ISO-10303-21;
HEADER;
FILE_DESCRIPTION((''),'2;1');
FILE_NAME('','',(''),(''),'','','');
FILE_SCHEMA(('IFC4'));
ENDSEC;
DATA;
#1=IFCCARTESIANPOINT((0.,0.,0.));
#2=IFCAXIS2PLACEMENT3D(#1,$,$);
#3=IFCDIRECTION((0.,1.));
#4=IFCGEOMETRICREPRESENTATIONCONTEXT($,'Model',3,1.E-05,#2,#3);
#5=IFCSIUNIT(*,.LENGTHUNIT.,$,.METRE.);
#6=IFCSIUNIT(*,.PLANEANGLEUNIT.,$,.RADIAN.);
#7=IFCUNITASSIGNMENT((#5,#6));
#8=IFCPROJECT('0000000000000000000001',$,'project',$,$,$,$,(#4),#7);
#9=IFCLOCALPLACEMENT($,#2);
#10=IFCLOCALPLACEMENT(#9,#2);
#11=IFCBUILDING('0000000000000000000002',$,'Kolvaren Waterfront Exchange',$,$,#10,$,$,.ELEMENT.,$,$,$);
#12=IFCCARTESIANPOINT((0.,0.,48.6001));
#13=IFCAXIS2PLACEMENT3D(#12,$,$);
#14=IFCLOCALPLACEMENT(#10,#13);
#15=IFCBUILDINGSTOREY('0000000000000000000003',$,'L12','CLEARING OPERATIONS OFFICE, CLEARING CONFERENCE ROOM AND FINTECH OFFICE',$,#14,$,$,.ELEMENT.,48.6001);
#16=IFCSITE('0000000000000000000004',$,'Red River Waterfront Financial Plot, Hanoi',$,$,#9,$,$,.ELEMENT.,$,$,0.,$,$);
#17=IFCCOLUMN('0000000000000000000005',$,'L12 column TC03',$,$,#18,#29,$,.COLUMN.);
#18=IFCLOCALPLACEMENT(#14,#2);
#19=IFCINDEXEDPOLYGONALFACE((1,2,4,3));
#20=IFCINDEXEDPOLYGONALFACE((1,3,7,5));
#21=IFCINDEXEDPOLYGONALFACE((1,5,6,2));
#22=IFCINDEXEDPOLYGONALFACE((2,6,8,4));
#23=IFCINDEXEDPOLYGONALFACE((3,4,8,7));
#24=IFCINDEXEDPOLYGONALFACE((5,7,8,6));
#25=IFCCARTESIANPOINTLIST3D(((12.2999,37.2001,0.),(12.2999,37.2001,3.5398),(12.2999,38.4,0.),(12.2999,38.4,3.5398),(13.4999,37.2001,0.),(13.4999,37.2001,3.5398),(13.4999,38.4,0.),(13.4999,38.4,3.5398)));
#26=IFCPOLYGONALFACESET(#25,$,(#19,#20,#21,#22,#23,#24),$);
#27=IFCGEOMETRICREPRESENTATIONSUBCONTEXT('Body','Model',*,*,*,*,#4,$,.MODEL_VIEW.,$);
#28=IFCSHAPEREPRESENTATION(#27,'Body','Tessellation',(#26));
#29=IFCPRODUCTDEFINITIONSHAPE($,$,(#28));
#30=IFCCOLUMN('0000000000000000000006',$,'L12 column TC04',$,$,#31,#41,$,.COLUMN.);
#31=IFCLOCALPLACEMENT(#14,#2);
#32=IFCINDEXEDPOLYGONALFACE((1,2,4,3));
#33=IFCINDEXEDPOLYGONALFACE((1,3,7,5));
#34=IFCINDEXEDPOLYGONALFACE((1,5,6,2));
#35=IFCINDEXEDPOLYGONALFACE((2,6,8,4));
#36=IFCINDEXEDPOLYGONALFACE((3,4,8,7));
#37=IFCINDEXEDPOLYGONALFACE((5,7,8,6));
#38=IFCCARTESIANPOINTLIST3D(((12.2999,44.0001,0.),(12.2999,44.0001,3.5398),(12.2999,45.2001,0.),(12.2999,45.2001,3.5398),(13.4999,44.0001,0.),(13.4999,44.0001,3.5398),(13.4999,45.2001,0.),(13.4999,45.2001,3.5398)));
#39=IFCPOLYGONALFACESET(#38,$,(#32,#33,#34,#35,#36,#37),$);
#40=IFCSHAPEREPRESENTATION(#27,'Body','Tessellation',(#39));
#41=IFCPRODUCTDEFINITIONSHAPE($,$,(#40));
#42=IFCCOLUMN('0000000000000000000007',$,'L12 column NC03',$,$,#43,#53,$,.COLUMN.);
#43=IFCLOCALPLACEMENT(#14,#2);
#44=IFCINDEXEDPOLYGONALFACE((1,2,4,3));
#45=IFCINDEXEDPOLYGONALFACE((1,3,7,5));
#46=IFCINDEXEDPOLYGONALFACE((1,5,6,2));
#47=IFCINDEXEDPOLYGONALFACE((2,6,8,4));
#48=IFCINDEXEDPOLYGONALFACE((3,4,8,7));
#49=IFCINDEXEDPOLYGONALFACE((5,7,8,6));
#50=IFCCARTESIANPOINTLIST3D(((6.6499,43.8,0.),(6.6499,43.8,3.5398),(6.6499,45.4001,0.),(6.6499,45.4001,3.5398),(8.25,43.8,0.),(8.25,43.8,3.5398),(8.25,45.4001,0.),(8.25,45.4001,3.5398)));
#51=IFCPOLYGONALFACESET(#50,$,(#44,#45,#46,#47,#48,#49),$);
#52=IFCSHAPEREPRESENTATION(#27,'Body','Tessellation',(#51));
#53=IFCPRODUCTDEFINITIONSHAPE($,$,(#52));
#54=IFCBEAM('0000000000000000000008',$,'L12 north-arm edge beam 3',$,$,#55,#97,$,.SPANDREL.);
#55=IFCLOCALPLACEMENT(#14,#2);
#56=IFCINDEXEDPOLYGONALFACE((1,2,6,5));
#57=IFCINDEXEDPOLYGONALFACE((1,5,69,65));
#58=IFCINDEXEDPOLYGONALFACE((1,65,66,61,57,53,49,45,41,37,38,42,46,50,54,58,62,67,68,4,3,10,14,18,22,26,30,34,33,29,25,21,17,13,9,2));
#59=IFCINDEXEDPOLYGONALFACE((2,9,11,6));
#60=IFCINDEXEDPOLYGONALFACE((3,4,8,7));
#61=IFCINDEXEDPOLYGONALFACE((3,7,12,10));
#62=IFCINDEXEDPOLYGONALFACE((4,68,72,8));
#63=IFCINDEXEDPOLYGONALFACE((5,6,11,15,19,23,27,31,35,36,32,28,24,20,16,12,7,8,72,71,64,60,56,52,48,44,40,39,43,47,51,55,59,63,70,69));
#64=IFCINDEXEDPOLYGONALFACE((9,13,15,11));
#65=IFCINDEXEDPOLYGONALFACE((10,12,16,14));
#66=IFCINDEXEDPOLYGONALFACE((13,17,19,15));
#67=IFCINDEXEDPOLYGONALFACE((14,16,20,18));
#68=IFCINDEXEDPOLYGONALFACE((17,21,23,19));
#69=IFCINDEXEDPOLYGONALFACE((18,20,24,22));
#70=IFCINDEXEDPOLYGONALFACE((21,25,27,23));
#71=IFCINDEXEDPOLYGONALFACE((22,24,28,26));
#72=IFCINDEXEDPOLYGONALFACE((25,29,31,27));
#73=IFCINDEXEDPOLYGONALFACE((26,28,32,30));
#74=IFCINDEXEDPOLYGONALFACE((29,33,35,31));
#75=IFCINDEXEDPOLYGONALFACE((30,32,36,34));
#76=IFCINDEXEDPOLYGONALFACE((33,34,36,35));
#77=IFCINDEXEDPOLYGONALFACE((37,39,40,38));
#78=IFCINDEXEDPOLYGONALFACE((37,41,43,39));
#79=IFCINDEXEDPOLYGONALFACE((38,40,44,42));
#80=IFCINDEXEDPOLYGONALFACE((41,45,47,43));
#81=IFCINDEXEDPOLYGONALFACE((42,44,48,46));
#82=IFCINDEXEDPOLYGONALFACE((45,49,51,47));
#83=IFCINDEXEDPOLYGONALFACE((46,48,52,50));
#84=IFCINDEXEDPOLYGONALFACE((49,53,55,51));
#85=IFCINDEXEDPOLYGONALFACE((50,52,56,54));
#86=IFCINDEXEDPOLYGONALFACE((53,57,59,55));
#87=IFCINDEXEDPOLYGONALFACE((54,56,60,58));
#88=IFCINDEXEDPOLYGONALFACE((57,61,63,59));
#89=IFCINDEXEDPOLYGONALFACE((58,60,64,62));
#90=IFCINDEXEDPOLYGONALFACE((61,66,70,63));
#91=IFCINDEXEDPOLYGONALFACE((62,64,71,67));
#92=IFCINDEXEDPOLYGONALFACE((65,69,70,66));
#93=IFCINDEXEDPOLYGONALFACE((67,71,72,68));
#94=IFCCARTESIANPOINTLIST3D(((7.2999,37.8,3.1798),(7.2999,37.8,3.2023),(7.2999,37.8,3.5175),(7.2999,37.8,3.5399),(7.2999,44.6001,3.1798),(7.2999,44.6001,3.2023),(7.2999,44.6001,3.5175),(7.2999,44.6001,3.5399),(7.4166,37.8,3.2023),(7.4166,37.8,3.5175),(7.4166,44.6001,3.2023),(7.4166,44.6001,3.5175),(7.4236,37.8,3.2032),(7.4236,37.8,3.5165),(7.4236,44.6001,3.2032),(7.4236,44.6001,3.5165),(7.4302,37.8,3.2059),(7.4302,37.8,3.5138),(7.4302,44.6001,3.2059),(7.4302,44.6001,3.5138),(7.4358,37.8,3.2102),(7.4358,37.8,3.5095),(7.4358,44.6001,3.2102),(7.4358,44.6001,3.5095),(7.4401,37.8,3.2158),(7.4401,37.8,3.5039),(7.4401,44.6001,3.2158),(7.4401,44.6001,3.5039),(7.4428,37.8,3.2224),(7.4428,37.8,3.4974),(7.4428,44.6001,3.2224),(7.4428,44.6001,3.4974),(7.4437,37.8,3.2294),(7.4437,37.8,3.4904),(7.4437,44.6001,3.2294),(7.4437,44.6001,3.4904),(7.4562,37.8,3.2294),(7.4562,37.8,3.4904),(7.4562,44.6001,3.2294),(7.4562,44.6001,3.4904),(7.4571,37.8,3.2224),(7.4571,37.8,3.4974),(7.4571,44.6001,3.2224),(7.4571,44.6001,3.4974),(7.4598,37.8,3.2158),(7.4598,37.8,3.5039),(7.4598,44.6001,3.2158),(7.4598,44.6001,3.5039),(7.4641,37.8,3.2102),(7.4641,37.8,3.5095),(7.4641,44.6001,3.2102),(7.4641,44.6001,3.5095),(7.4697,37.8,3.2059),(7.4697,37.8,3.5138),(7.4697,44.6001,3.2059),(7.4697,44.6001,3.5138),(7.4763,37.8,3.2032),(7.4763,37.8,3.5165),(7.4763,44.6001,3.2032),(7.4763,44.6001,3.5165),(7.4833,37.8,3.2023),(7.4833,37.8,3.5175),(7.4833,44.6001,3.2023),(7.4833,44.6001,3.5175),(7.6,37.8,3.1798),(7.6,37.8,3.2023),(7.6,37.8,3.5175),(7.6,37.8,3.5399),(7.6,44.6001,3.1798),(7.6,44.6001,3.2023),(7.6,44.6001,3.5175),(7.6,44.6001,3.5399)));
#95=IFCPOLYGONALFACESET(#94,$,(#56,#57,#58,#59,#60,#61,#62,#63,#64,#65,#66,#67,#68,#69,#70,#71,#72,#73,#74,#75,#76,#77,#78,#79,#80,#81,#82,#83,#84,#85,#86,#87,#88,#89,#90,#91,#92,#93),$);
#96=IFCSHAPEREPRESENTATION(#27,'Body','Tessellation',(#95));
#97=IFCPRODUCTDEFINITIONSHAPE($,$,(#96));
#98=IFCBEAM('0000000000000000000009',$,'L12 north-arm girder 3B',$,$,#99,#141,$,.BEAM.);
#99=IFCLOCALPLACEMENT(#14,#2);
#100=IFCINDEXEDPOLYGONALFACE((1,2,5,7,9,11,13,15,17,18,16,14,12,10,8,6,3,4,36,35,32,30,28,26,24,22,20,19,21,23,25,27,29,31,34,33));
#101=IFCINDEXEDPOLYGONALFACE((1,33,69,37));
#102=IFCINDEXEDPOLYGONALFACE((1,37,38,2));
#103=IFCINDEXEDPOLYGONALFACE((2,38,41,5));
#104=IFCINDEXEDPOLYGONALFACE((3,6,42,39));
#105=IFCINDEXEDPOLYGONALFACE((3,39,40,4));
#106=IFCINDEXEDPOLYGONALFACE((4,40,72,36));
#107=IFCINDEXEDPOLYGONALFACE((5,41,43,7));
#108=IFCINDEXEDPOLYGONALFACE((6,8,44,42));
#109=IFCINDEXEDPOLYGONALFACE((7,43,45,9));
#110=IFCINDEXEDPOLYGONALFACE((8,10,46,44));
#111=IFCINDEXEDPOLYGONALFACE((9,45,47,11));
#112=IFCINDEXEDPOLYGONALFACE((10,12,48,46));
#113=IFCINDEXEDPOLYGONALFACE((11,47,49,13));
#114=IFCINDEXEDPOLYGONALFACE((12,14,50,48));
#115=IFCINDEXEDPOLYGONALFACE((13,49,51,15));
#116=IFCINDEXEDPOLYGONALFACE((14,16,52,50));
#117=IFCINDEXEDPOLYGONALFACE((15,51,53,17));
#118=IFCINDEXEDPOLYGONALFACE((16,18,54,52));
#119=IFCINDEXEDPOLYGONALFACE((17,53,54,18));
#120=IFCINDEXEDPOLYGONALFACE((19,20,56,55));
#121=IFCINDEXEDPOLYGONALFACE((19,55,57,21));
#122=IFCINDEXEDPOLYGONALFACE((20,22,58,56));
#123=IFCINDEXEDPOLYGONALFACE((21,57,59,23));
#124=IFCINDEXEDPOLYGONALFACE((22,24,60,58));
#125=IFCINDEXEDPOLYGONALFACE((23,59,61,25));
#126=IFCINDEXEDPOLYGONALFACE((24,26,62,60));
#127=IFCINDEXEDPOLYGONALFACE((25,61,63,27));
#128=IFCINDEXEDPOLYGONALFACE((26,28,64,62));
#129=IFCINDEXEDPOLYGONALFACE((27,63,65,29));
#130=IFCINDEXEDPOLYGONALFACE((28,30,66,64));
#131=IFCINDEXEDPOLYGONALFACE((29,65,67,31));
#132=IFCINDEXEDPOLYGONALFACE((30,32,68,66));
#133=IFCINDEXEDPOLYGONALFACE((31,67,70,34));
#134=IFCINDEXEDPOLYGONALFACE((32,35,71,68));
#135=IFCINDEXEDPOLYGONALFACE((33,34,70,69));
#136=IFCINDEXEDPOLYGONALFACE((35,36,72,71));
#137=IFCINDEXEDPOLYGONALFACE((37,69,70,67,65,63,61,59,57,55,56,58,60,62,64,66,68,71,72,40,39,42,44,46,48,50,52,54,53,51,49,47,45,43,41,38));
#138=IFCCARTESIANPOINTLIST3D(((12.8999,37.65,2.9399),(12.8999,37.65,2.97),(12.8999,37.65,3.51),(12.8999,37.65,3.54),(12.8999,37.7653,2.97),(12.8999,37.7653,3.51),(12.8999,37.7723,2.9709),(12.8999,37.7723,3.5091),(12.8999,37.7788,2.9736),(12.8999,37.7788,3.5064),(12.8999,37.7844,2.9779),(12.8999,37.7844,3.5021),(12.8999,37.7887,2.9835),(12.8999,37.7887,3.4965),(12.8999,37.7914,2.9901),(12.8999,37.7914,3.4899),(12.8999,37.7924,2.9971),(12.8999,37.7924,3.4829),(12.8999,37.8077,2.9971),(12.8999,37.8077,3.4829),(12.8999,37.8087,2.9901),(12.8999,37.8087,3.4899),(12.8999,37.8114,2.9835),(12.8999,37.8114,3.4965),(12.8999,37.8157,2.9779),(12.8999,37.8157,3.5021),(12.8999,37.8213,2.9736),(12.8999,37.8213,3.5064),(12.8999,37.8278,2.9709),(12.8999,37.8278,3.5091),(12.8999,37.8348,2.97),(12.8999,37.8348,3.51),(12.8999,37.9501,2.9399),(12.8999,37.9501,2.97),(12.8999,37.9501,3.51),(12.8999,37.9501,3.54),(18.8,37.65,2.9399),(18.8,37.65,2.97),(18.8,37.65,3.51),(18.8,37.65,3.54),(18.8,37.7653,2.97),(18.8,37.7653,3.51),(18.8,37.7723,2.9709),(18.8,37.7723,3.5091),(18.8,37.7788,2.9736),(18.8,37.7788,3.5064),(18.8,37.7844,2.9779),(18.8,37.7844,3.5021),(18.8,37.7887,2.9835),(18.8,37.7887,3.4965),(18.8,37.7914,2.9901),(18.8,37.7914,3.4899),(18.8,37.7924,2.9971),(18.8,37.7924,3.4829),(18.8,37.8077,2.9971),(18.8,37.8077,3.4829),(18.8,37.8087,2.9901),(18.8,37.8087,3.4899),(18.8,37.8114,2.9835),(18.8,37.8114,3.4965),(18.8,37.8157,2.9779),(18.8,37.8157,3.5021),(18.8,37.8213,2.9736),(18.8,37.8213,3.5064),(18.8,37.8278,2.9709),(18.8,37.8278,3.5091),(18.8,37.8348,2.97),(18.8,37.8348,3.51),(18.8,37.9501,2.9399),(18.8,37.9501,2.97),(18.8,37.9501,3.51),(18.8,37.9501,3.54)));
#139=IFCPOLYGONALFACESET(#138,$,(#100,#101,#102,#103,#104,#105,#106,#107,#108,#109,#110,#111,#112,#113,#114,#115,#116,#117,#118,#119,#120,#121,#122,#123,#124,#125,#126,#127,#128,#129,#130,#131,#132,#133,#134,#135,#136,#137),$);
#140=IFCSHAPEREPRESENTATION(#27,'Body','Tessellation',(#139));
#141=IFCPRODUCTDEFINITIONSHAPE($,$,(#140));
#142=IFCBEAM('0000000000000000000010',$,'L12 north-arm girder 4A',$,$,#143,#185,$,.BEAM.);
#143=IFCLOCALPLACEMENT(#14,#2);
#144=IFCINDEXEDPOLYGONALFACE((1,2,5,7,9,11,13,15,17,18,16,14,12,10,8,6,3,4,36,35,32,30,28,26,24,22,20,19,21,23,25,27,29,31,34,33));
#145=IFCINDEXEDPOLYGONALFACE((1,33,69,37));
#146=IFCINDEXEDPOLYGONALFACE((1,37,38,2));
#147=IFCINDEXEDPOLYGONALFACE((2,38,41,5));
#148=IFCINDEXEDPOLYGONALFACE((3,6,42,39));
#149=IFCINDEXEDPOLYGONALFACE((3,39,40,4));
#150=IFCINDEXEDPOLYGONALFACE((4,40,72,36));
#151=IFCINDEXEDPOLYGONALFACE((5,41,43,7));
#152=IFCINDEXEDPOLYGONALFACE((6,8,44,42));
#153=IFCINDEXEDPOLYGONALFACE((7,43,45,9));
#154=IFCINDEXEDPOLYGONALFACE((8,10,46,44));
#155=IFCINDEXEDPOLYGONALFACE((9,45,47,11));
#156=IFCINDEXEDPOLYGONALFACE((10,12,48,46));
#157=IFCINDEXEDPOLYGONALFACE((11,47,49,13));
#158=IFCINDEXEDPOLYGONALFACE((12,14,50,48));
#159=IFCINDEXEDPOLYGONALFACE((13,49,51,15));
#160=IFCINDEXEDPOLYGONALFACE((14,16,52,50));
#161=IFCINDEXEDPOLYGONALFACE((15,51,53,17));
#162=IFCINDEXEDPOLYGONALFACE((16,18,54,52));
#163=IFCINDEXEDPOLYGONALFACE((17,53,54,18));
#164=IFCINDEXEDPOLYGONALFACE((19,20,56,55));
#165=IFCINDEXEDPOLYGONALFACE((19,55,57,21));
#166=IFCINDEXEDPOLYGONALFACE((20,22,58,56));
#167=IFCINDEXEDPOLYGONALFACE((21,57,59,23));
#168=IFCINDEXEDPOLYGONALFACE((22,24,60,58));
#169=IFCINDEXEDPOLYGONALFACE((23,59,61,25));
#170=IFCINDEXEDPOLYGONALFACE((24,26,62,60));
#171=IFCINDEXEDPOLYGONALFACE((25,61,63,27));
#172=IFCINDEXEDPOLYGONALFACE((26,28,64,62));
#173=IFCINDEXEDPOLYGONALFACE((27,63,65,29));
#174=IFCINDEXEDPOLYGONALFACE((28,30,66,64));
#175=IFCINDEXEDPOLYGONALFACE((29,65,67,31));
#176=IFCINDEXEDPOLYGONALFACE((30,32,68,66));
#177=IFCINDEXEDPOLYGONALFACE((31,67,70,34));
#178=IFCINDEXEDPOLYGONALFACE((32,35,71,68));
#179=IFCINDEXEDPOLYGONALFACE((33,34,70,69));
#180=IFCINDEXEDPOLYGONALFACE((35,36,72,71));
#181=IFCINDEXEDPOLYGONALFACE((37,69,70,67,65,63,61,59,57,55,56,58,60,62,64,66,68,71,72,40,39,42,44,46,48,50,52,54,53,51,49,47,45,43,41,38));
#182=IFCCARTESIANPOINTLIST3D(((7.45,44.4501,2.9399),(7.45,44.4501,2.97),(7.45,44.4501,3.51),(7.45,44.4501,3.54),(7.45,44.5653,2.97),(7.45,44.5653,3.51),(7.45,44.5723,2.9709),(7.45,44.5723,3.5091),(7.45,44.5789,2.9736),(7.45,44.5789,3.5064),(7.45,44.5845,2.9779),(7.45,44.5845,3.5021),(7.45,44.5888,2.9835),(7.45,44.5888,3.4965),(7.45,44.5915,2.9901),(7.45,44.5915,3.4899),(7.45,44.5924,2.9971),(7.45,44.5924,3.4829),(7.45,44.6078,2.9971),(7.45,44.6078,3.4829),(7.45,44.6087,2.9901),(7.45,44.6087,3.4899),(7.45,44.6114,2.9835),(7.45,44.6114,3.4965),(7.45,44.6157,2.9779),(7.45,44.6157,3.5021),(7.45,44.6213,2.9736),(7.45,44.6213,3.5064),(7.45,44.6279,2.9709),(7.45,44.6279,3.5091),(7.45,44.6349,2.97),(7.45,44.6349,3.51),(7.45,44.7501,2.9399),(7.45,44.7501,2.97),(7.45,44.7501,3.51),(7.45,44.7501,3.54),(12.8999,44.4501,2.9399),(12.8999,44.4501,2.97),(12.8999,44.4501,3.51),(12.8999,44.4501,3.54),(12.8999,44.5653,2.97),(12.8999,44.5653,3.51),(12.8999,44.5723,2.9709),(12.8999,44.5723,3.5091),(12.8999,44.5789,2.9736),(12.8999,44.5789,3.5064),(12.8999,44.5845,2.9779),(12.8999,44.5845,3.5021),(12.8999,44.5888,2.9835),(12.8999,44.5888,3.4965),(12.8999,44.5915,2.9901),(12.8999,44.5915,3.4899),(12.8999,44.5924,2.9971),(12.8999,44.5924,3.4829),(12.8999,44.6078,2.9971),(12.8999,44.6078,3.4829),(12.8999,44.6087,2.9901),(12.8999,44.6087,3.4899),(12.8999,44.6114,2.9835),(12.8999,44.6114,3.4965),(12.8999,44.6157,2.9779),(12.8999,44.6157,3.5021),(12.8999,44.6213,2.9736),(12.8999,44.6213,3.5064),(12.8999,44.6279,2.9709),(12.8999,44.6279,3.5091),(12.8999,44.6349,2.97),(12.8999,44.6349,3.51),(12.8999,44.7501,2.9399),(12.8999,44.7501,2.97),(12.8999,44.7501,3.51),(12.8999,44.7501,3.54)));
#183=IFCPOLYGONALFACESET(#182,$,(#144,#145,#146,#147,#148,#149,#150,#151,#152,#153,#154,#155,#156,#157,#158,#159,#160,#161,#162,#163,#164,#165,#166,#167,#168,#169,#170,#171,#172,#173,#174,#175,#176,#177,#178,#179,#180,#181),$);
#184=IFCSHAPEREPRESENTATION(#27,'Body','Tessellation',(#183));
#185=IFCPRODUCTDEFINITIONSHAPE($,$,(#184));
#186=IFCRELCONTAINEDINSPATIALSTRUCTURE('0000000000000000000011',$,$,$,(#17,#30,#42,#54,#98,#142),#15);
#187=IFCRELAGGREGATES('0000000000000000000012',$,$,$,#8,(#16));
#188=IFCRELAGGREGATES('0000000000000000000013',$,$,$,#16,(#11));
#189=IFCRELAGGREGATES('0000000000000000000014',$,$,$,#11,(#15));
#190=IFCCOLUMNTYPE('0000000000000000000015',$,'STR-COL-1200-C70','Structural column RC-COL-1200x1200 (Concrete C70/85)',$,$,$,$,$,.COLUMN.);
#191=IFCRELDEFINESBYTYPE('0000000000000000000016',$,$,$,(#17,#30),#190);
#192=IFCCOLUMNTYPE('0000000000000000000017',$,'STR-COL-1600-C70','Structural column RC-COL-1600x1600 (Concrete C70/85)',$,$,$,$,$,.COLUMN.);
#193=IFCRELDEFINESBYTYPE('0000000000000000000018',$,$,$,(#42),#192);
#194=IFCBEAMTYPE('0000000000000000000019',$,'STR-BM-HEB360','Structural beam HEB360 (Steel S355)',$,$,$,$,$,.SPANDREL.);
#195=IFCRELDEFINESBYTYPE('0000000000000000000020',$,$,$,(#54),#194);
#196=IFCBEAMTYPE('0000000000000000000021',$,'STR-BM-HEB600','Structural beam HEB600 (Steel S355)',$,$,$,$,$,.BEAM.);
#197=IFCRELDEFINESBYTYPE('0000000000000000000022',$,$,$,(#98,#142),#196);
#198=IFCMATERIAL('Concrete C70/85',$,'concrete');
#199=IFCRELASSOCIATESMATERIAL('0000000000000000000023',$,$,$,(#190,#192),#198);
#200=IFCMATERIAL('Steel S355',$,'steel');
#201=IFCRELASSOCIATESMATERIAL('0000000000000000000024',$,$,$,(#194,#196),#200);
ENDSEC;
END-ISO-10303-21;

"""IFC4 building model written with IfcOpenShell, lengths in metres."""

from ifc_helpers import new_model, si_unit, direction, frame, origin, origin_2d, place, context, subcontext, project, spatial, rectangle, i_section, extrude, material, material_profile, profile_set, type_object, element, save


model = new_model("IFC4")

# Units and contexts
model_context = context("Model", 3, precision=1e-05, world=origin(), true_north=direction((0.0, 1.0)))
body_context = subcontext(model_context, "Body", "Model", "MODEL_VIEW")
ifc_project = project(units=[si_unit("LENGTHUNIT", "METRE"), si_unit("PLANEANGLEUNIT", "RADIAN")], contexts=[model_context])

# Site, building, storey
site_placement = place(None, origin())
site = spatial("IfcSite", under=ifc_project, at=site_placement, Name="Red River Waterfront Financial Plot, Hanoi", CompositionType="ELEMENT", RefElevation=0.0)
building_placement = place(site_placement, origin())
building = spatial("IfcBuilding", under=site, at=building_placement, Name="Kolvaren Waterfront Exchange", CompositionType="ELEMENT")
storey_placement = place(building_placement, frame((0.0, 0.0, 48.6001)))
storey = spatial("IfcBuildingStorey", under=building, at=storey_placement, Name="L12", Description="CLEARING OPERATIONS OFFICE, CLEARING CONFERENCE ROOM AND FINTECH OFFICE", CompositionType="ELEMENT", Elevation=48.6001)

# Columns
ifc_material_1 = material(Name="Concrete C70/85", Category="concrete")
ifc_material_profile_1 = material_profile(ifc_material_1, rectangle(XDim=1.2, YDim=1.2, at=origin_2d()), Name="RC-COL-1200x1200")
ifc_profile_set_1 = profile_set([ifc_material_profile_1], Name="Concrete C70/85")
column_type_1 = type_object("IfcColumnType", Name="STR-COL-1200-C70", Description="Structural column RC-COL-1200x1200 (Concrete C70/85)", PredefinedType="COLUMN", material=ifc_profile_set_1)
for number, where, z_axis, x_axis, name in (
    (1, (12.8999, 37.8, 0.0), (0.0, 0.0, 1.0), (1.0, 0.0, 0.0), "L12 column TC03"),
    (2, (12.8999, 44.6001, 0.0), (0.0, 0.0, 1.0), (1.0, 0.0, 0.0), "L12 column TC04"),
):
    element("IfcColumn", number, at=place(storey_placement, frame(where, z_axis=z_axis, x_axis=x_axis)), inside=storey, type_object=column_type_1, Name=name, PredefinedType="COLUMN", context=body_context, shape_type="SweptSolid", body=[
        extrude(rectangle(XDim=1.2, YDim=1.2, at=origin_2d()), origin(), (0.0, 0.0, 1.0), 3.5398),
    ])
ifc_material_profile_2 = material_profile(ifc_material_1, rectangle(XDim=1.6001, YDim=1.6001, at=origin_2d()), Name="RC-COL-1600x1600")
ifc_profile_set_2 = profile_set([ifc_material_profile_2], Name="Concrete C70/85")
column_type_2 = type_object("IfcColumnType", Name="STR-COL-1600-C70", Description="Structural column RC-COL-1600x1600 (Concrete C70/85)", PredefinedType="COLUMN", material=ifc_profile_set_2)
column_placement = place(storey_placement, frame((7.45, 44.6001, 0.0), z_axis=(0.0, 0.0, 1.0), x_axis=(1.0, 0.0, 0.0)))
element("IfcColumn", 3, at=column_placement, inside=storey, type_object=column_type_2, Name="L12 column NC03", PredefinedType="COLUMN", context=body_context, shape_type="SweptSolid", body=[
    extrude(rectangle(XDim=1.6001, YDim=1.6001, at=origin_2d()), origin(), (0.0, 0.0, 1.0), 3.5398),
])

# Beams
ifc_material_2 = material(Name="Steel S355", Category="steel")
ifc_material_profile_3 = material_profile(ifc_material_2, i_section(OverallWidth=0.3, OverallDepth=0.3601, WebThickness=0.0125, FlangeThickness=0.0225, FilletRadius=0.0271, at=origin_2d()), Name="HEB360")
ifc_profile_set_3 = profile_set([ifc_material_profile_3], Name="Steel S355")
beam_type_1 = type_object("IfcBeamType", Name="STR-BM-HEB360", Description="Structural beam HEB360 (Steel S355)", PredefinedType="SPANDREL", material=ifc_profile_set_3)
beam_1_placement = place(storey_placement, frame((7.45, 37.8, 3.3599), z_axis=(0.0, 1.0, 0.0), x_axis=(-1.0, 0.0, 0.0)))
element("IfcBeam", 4, at=beam_1_placement, inside=storey, type_object=beam_type_1, Name="L12 north-arm edge beam 3", PredefinedType="SPANDREL", context=body_context, shape_type="SweptSolid", body=[
    extrude(i_section(OverallWidth=0.3, OverallDepth=0.3601, WebThickness=0.0125, FlangeThickness=0.0225, FilletRadius=0.0271, at=origin_2d()), origin(), (0.0, 0.0, 1.0), 6.8),
])
ifc_material_profile_4 = material_profile(ifc_material_2, i_section(OverallWidth=0.3, OverallDepth=0.6001, WebThickness=0.0154, FlangeThickness=0.03, FilletRadius=0.0271, at=origin_2d()), Name="HEB600")
ifc_profile_set_4 = profile_set([ifc_material_profile_4], Name="Steel S355")
beam_type_2 = type_object("IfcBeamType", Name="STR-BM-HEB600", Description="Structural beam HEB600 (Steel S355)", PredefinedType="BEAM", material=ifc_profile_set_4)
beam_2_placement = place(storey_placement, frame((12.8999, 37.8, 3.24), z_axis=(1.0, 0.0, 0.0), x_axis=(0.0, 1.0, 0.0)))
element("IfcBeam", 5, at=beam_2_placement, inside=storey, type_object=beam_type_2, Name="L12 north-arm girder 3B", PredefinedType="BEAM", context=body_context, shape_type="SweptSolid", body=[
    extrude(i_section(OverallWidth=0.3, OverallDepth=0.6001, WebThickness=0.0154, FlangeThickness=0.03, FilletRadius=0.0271, at=origin_2d()), origin(), (0.0, 0.0, 1.0), 5.9001),
])
beam_3_placement = place(storey_placement, frame((7.45, 44.6001, 3.24), z_axis=(1.0, 0.0, 0.0), x_axis=(0.0, 1.0, 0.0)))
element("IfcBeam", 6, at=beam_3_placement, inside=storey, type_object=beam_type_2, Name="L12 north-arm girder 4A", PredefinedType="BEAM", context=body_context, shape_type="SweptSolid", body=[
    extrude(i_section(OverallWidth=0.3, OverallDepth=0.6001, WebThickness=0.0154, FlangeThickness=0.03, FilletRadius=0.0271, at=origin_2d()), origin(), (0.0, 0.0, 1.0), 5.45),
])

save(model, "model.ifc")
